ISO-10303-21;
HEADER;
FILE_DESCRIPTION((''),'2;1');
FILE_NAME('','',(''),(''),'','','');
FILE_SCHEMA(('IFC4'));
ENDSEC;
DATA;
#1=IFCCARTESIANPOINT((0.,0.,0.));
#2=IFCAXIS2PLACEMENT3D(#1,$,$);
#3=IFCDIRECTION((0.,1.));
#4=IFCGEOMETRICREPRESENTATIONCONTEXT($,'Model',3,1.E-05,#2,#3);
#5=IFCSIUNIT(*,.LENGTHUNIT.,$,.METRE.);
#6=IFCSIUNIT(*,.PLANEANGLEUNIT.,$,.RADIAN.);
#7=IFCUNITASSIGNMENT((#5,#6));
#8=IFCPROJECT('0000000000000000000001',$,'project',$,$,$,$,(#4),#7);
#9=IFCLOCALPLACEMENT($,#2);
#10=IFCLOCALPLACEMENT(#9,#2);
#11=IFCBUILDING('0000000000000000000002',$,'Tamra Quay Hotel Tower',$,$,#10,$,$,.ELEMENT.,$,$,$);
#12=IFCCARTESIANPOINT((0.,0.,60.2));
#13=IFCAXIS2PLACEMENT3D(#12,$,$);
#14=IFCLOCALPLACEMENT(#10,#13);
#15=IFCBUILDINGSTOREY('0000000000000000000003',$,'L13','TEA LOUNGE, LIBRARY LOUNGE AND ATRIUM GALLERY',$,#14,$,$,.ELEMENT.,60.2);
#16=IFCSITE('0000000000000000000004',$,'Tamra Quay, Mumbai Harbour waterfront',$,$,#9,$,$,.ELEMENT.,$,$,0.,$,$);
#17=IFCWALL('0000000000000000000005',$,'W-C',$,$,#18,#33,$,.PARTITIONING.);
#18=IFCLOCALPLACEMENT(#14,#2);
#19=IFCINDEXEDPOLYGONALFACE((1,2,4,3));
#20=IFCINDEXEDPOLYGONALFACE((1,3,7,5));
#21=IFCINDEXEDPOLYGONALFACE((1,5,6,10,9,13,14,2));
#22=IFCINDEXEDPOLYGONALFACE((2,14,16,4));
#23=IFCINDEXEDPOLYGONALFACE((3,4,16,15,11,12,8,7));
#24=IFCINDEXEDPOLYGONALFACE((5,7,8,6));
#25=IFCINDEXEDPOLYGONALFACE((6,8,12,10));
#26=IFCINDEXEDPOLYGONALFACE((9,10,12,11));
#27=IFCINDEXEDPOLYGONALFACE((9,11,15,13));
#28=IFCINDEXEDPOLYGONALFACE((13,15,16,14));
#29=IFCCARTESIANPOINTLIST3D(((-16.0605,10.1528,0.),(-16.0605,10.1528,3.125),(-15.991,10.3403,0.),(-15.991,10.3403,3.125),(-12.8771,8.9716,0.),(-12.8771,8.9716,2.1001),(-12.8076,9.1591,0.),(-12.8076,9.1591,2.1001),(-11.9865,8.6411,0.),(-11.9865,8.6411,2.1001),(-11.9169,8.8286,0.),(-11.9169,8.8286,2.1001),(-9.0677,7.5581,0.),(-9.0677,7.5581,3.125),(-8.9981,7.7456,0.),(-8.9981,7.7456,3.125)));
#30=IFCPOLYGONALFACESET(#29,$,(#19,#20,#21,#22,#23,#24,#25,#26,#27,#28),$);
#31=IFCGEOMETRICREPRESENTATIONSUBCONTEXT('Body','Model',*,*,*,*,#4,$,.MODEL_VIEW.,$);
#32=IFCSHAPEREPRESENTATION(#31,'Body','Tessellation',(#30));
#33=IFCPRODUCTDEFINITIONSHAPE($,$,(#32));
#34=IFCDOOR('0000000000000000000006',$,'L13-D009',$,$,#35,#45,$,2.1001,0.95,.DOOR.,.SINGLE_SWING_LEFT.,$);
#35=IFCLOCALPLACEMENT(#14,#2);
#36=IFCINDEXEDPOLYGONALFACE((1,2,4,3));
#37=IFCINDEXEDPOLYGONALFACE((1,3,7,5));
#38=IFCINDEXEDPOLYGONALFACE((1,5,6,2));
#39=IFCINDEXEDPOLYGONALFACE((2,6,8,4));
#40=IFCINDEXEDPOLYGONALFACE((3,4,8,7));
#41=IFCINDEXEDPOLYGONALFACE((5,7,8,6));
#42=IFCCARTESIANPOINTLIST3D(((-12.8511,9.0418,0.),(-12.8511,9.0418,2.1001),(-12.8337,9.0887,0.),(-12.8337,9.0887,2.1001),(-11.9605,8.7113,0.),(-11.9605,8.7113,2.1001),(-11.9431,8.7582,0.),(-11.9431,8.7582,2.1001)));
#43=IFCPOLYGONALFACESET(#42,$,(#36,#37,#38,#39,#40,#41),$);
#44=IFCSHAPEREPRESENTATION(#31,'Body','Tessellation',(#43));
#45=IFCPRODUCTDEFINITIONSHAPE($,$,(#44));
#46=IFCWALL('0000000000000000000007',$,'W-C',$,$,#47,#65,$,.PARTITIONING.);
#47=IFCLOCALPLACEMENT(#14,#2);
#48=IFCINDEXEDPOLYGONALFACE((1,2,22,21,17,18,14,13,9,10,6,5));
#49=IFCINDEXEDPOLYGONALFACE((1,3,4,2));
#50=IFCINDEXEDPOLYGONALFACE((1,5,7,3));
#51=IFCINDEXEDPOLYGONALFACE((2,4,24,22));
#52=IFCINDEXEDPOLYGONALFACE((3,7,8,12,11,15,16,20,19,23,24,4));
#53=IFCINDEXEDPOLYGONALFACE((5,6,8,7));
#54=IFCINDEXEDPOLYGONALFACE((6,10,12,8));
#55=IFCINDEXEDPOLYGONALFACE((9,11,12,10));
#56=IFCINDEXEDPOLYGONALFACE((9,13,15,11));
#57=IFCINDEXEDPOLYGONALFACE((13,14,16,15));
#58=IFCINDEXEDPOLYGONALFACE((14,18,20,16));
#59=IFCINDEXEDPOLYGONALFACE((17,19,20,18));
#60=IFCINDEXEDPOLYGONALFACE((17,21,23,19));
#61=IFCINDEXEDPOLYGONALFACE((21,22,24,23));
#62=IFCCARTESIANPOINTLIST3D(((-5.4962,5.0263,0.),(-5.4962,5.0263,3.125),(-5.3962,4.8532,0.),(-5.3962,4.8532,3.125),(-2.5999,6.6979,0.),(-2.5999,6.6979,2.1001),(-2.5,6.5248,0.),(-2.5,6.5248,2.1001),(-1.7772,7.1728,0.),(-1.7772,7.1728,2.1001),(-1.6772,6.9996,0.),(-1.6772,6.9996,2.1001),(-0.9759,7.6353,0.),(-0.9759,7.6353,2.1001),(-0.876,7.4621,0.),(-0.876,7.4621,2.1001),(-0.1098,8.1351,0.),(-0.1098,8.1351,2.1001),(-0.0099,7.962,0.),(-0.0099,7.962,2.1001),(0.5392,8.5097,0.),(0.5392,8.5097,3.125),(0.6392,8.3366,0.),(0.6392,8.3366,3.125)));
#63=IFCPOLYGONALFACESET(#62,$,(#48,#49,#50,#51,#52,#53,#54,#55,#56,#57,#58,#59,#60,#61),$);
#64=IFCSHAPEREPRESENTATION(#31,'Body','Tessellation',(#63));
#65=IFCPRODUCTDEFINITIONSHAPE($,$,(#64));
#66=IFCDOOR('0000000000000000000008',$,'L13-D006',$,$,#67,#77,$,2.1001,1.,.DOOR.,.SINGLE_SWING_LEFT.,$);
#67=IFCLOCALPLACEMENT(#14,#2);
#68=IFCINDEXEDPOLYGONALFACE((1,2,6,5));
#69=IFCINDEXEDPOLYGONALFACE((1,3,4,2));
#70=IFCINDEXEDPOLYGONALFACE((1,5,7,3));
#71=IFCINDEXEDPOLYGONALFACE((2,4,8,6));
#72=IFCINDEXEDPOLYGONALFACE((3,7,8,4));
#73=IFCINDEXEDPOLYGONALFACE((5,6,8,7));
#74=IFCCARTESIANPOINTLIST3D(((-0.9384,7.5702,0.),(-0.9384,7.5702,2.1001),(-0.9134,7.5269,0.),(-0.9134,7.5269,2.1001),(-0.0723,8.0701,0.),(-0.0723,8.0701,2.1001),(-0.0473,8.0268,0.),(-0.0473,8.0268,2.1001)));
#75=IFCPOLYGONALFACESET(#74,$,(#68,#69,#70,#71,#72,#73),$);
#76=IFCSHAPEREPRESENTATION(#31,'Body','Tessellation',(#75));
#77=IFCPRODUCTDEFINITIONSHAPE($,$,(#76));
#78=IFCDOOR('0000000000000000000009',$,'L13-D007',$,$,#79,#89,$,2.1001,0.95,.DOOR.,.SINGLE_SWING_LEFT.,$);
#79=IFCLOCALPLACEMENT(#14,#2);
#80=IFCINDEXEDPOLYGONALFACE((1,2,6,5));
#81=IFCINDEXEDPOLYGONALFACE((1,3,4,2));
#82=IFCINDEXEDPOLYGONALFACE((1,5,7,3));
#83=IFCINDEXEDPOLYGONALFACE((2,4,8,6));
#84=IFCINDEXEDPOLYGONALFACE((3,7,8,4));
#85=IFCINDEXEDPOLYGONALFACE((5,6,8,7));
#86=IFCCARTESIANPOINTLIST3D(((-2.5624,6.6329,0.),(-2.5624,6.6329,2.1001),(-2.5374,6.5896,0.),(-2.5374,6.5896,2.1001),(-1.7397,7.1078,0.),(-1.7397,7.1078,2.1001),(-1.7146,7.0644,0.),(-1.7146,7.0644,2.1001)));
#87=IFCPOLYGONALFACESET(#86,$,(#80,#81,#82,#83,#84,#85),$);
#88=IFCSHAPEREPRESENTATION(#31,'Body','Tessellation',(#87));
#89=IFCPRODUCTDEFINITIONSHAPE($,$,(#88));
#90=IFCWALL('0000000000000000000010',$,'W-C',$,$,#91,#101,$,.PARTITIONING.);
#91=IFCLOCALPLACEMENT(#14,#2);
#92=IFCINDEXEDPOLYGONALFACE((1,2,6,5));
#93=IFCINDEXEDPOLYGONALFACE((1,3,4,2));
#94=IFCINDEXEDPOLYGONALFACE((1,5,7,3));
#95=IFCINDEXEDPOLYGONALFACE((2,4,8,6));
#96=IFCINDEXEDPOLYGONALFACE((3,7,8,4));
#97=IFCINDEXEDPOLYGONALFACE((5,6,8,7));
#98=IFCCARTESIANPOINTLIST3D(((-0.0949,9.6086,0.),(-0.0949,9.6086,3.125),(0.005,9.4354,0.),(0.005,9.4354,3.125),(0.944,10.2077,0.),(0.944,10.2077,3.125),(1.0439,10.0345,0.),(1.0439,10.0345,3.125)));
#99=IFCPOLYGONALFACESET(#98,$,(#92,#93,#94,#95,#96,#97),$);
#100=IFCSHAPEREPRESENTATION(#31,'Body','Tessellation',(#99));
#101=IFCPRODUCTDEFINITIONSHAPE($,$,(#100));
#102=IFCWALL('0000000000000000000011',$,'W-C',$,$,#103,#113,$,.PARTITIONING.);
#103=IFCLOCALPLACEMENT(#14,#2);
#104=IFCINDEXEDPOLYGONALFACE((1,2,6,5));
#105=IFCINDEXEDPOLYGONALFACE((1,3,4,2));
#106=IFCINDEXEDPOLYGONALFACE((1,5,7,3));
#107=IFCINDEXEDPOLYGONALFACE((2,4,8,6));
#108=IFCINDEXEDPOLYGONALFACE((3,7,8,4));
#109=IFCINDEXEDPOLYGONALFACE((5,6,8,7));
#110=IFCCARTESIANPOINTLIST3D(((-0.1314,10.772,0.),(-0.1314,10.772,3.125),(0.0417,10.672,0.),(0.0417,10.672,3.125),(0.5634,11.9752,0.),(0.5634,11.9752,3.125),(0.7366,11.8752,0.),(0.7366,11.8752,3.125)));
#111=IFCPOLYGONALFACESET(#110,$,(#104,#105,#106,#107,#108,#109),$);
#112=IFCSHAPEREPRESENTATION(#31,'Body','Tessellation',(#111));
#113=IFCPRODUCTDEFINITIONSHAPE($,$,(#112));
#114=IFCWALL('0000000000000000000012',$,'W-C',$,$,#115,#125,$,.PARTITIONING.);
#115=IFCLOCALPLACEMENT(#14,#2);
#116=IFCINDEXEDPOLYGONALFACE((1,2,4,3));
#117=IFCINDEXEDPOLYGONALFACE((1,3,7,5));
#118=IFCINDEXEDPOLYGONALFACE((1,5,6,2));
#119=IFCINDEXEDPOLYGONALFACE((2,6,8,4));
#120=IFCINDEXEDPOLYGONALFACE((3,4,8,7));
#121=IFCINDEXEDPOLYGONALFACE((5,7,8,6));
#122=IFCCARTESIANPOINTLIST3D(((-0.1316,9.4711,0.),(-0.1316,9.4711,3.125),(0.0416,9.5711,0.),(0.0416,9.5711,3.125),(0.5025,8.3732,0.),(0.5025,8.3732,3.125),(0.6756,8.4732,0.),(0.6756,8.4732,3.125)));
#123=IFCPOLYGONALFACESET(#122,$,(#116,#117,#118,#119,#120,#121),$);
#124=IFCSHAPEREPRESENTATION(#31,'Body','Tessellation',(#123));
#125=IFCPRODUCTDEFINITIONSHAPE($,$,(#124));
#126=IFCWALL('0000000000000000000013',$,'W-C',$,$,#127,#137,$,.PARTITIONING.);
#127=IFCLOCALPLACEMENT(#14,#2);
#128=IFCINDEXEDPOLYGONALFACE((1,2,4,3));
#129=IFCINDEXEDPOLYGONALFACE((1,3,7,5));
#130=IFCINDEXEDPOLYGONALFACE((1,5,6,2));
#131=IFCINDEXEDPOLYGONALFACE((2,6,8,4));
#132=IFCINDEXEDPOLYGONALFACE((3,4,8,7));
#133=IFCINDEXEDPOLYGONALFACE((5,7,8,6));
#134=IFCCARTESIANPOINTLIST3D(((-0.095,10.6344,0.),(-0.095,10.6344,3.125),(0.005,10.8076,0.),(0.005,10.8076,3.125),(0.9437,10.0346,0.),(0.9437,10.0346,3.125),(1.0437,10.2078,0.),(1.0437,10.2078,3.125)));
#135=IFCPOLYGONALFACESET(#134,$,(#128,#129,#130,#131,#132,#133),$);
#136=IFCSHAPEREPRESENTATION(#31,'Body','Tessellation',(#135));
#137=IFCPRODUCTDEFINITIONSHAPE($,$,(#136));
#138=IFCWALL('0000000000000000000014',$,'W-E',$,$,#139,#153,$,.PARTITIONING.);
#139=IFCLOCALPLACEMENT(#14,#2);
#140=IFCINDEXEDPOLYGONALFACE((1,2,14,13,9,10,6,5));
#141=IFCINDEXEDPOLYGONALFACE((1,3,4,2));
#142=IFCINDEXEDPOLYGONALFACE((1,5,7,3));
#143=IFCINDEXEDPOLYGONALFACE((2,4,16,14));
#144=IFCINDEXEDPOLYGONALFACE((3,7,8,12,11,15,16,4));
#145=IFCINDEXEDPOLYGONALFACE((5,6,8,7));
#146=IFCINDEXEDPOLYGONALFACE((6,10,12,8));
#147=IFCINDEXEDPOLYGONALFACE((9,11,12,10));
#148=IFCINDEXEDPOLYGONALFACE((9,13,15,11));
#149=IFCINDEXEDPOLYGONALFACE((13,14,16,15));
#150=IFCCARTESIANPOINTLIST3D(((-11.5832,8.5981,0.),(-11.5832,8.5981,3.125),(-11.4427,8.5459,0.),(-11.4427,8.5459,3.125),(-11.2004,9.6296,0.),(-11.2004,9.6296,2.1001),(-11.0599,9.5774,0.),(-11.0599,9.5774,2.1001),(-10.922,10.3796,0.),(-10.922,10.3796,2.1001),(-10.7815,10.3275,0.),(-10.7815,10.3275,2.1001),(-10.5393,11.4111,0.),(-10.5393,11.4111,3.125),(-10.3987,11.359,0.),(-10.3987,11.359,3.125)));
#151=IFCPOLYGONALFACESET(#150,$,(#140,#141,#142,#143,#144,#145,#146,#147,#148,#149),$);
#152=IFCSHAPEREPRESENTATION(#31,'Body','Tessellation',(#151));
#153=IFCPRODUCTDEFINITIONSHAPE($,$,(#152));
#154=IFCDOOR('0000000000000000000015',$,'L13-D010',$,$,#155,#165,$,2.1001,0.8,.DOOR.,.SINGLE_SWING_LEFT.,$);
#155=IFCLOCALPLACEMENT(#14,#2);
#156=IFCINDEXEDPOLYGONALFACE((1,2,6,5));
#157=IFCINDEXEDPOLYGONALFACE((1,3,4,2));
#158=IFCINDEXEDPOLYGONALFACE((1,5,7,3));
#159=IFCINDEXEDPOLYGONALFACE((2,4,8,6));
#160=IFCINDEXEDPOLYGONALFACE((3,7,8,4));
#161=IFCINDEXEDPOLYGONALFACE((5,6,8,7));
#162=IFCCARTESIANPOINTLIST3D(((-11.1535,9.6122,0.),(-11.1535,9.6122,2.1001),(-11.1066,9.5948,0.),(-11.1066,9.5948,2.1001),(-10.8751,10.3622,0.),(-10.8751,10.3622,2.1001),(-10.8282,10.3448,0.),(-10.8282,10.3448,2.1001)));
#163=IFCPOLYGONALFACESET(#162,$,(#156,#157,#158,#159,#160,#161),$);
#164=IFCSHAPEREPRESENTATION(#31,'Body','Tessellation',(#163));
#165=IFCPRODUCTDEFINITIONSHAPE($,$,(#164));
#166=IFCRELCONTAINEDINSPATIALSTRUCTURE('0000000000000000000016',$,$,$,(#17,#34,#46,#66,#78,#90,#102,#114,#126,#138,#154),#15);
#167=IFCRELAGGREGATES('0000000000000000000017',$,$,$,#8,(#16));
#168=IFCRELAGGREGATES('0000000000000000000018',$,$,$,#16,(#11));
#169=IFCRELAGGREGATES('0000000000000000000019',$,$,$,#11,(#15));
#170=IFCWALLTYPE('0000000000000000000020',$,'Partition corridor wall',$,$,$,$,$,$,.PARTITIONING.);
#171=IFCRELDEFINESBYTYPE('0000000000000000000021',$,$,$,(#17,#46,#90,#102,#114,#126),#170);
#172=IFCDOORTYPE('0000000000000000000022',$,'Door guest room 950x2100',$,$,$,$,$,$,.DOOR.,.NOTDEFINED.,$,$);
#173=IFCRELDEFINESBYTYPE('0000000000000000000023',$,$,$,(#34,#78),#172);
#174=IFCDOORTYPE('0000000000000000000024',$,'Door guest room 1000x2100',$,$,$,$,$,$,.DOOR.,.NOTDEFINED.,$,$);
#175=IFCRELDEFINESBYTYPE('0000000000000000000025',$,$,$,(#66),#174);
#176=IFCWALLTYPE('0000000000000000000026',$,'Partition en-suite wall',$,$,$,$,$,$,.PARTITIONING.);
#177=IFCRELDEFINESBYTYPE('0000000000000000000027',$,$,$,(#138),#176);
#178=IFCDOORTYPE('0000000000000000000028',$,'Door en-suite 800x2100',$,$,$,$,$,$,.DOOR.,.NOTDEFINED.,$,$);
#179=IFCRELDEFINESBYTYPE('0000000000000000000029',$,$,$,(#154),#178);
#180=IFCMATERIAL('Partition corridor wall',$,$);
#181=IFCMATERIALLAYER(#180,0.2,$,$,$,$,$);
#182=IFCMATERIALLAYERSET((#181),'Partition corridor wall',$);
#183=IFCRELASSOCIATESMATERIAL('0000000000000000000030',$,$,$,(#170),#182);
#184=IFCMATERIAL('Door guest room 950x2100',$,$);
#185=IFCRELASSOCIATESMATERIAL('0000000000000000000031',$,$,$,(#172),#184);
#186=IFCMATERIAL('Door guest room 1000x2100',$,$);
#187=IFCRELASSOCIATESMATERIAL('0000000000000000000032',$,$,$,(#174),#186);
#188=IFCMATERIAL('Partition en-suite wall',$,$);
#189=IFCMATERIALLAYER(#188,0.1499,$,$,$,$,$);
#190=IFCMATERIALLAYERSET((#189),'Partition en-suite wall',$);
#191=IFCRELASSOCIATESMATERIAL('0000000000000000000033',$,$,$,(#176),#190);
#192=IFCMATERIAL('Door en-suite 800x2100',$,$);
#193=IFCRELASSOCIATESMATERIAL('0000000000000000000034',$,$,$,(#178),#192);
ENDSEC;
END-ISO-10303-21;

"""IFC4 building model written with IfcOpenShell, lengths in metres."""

from ifc_helpers import new_model, si_unit, direction, frame, frame_2d, origin, place, context, subcontext, project, spatial, rectangle, extrude, material, layer, layer_set, type_object, element, fill, save


model = new_model("IFC4")

# Units and contexts
model_context = context("Model", 3, precision=1e-05, world=origin(), true_north=direction((0.0, 1.0)))
body_context = subcontext(model_context, "Body", "Model", "MODEL_VIEW")
ifc_project = project(units=[si_unit("LENGTHUNIT", "METRE"), si_unit("PLANEANGLEUNIT", "RADIAN")], contexts=[model_context])

# Site, building, storey
site_placement = place(None, origin())
site = spatial("IfcSite", under=ifc_project, at=site_placement, Name="Tamra Quay, Mumbai Harbour waterfront", CompositionType="ELEMENT", RefElevation=0.0)
building_placement = place(site_placement, origin())
building = spatial("IfcBuilding", under=site, at=building_placement, Name="Tamra Quay Hotel Tower", CompositionType="ELEMENT")
storey_placement = place(building_placement, frame((0.0, 0.0, 60.2)))
storey = spatial("IfcBuildingStorey", under=building, at=storey_placement, Name="L13", Description="TEA LOUNGE, LIBRARY LOUNGE AND ATRIUM GALLERY", CompositionType="ELEMENT", Elevation=60.2)

# Wall, opening, door
ifc_material_1 = material(Name="Partition corridor wall")
ifc_layer_1 = layer(ifc_material_1, 0.2)
ifc_layer_set_1 = layer_set([ifc_layer_1], Name="Partition corridor wall")
wall_type_1 = type_object("IfcWallType", Name="Partition corridor wall", PredefinedType="PARTITIONING", material=ifc_layer_set_1)
wall_1_placement = place(storey_placement, frame((-16.0259, 10.2466, 0.0), z_axis=(0.0, 0.0, 1.0), x_axis=(0.937541, -0.347875, 0.0)))
wall_1 = element("IfcWall", 1, at=wall_1_placement, inside=storey, type_object=wall_type_1, Name="W-C", PredefinedType="PARTITIONING", context=body_context, shape_type="SweptSolid", body=[
    extrude(rectangle(XDim=7.4587, YDim=0.2, at=frame_2d((3.7295, 0.0))), origin(), (0.0, 0.0, 1.0), 3.125),
])
opening_1_placement = place(wall_1_placement, frame((3.3955, 0.0, 0.0)))
opening_1 = element("IfcOpeningElement", 2, at=opening_1_placement, cuts=wall_1, PredefinedType="OPENING", context=body_context, shape_type="SweptSolid", body=[
    extrude(rectangle(XDim=0.95, YDim=2.1001, at=frame_2d((0.4751, 1.05))), frame((0.0, 0.1099, 0.0), z_axis=(0.0, -1.0, 0.0), x_axis=(1.0, 0.0, 0.0)), (0.0, 0.0, 1.0), 0.22),
])
ifc_material_2 = material(Name="Door guest room 950x2100")
door_type_1 = type_object("IfcDoorType", Name="Door guest room 950x2100", OperationType="NOTDEFINED", PredefinedType="DOOR", material=ifc_material_2)
door_1_placement = place(opening_1_placement, origin())
door_1 = element("IfcDoor", 3, at=door_1_placement, inside=storey, type_object=door_type_1, Name="L13-D009", OperationType="SINGLE_SWING_LEFT", OverallHeight=2.1001, OverallWidth=0.95, PredefinedType="DOOR", context=body_context, shape_type="SweptSolid", body=[
    extrude(rectangle(XDim=0.95, YDim=2.1001, at=frame_2d((0.4751, 1.05))), frame((0.0, 0.0249, 0.0), z_axis=(0.0, -1.0, 0.0), x_axis=(1.0, 0.0, 0.0)), (0.0, 0.0, 1.0), 0.05),
])
fill(opening_1, door_1)

# Wall, openings, doors
wall_2_placement = place(storey_placement, frame((-5.4463, 4.9397, 0.0), z_axis=(0.0, 0.0, 1.0), x_axis=(0.866096, 0.499877, 0.0)))
wall_2 = element("IfcWall", 4, at=wall_2_placement, inside=storey, type_object=wall_type_1, Name="W-C", PredefinedType="PARTITIONING", context=body_context, shape_type="SweptSolid", body=[
    extrude(rectangle(XDim=6.9685, YDim=0.2, at=frame_2d((3.4844, 0.0))), origin(), (0.0, 0.0, 1.0), 3.125),
])
opening_2_placement = place(wall_2_placement, frame((5.2192, 0.0, 0.0)))
opening_2 = element("IfcOpeningElement", 5, at=opening_2_placement, cuts=wall_2, PredefinedType="OPENING", context=body_context, shape_type="SweptSolid", body=[
    extrude(rectangle(XDim=1.0, YDim=2.1001, at=frame_2d((0.5, 1.05))), frame((0.0, 0.1099, 0.0), z_axis=(0.0, -1.0, 0.0), x_axis=(1.0, 0.0, 0.0)), (0.0, 0.0, 1.0), 0.22),
])
opening_3_placement = place(wall_2_placement, frame((3.344, 0.0, 0.0)))
opening_3 = element("IfcOpeningElement", 6, at=opening_3_placement, cuts=wall_2, PredefinedType="OPENING", context=body_context, shape_type="SweptSolid", body=[
    extrude(rectangle(XDim=0.95, YDim=2.1001, at=frame_2d((0.4751, 1.05))), frame((0.0, 0.1099, 0.0), z_axis=(0.0, -1.0, 0.0), x_axis=(1.0, 0.0, 0.0)), (0.0, 0.0, 1.0), 0.22),
])
ifc_material_3 = material(Name="Door guest room 1000x2100")
door_type_2 = type_object("IfcDoorType", Name="Door guest room 1000x2100", OperationType="NOTDEFINED", PredefinedType="DOOR", material=ifc_material_3)
door_2_placement = place(opening_2_placement, origin())
door_2 = element("IfcDoor", 7, at=door_2_placement, inside=storey, type_object=door_type_2, Name="L13-D006", OperationType="SINGLE_SWING_LEFT", OverallHeight=2.1001, OverallWidth=1.0, PredefinedType="DOOR", context=body_context, shape_type="SweptSolid", body=[
    extrude(rectangle(XDim=1.0, YDim=2.1001, at=frame_2d((0.5, 1.05))), frame((0.0, 0.0249, 0.0), z_axis=(0.0, -1.0, 0.0), x_axis=(1.0, 0.0, 0.0)), (0.0, 0.0, 1.0), 0.05),
])
fill(opening_2, door_2)
door_3_placement = place(opening_3_placement, origin())
door_3 = element("IfcDoor", 8, at=door_3_placement, inside=storey, type_object=door_type_1, Name="L13-D007", OperationType="SINGLE_SWING_LEFT", OverallHeight=2.1001, OverallWidth=0.95, PredefinedType="DOOR", context=body_context, shape_type="SweptSolid", body=[
    extrude(rectangle(XDim=0.95, YDim=2.1001, at=frame_2d((0.4751, 1.05))), frame((0.0, 0.0249, 0.0), z_axis=(0.0, -1.0, 0.0), x_axis=(1.0, 0.0, 0.0)), (0.0, 0.0, 1.0), 0.05),
])
fill(opening_3, door_3)

# Walls
wall_3_placement = place(storey_placement, frame((-0.0449, 9.522, 0.0), z_axis=(0.0, 0.0, 1.0), x_axis=(0.866257, 0.499599, 0.0)))
element("IfcWall", 9, at=wall_3_placement, inside=storey, type_object=wall_type_1, Name="W-C", PredefinedType="PARTITIONING", context=body_context, shape_type="SweptSolid", body=[
    extrude(rectangle(XDim=1.1992, YDim=0.2, at=frame_2d((0.5996, 0.0))), origin(), (0.0, 0.0, 1.0), 3.125),
])
wall_4_placement = place(storey_placement, frame((-0.0449, 10.7219, 0.0), z_axis=(0.0, 0.0, 1.0), x_axis=(0.500108, 0.865963, 0.0)))
element("IfcWall", 10, at=wall_4_placement, inside=storey, type_object=wall_type_1, Name="W-C", PredefinedType="PARTITIONING", context=body_context, shape_type="SweptSolid", body=[
    extrude(rectangle(XDim=1.3894, YDim=0.2, at=frame_2d((0.6948, 0.0))), origin(), (0.0, 0.0, 1.0), 3.125),
])
wall_5_placement = place(storey_placement, frame((-0.0449, 9.521, 0.0), z_axis=(0.0, 0.0, 1.0), x_axis=(0.500095, -0.865971, 0.0)))
element("IfcWall", 11, at=wall_5_placement, inside=storey, type_object=wall_type_1, Name="W-C", PredefinedType="PARTITIONING", context=body_context, shape_type="SweptSolid", body=[
    extrude(rectangle(XDim=1.2678, YDim=0.2, at=frame_2d((0.6338, 0.0))), origin(), (0.0, 0.0, 1.0), 3.125),
])
wall_6_placement = place(storey_placement, frame((-0.0449, 10.7209, 0.0), z_axis=(0.0, 0.0, 1.0), x_axis=(0.865992, -0.500057, 0.0)))
element("IfcWall", 12, at=wall_6_placement, inside=storey, type_object=wall_type_1, Name="W-C", PredefinedType="PARTITIONING", context=body_context, shape_type="SweptSolid", body=[
    extrude(rectangle(XDim=1.1995, YDim=0.2, at=frame_2d((0.5996, 0.0))), origin(), (0.0, 0.0, 1.0), 3.125),
])

# Wall, opening, door
ifc_material_4 = material(Name="Partition en-suite wall")
ifc_layer_2 = layer(ifc_material_4, 0.1499)
ifc_layer_set_2 = layer_set([ifc_layer_2], Name="Partition en-suite wall")
wall_type_2 = type_object("IfcWallType", Name="Partition en-suite wall", PredefinedType="PARTITIONING", material=ifc_layer_set_2)
wall_7_placement = place(storey_placement, frame((-11.5129, 8.572, 0.0), z_axis=(0.0, 0.0, 1.0), x_axis=(0.347929, 0.937521, 0.0)))
wall_7 = element("IfcWall", 13, at=wall_7_placement, inside=storey, type_object=wall_type_2, Name="W-E", PredefinedType="PARTITIONING", context=body_context, shape_type="SweptSolid", body=[
    extrude(rectangle(XDim=3.0005, YDim=0.1499, at=frame_2d((1.5002, 0.0))), origin(), (0.0, 0.0, 1.0), 3.125),
])
opening_4_placement = place(wall_7_placement, frame((1.1003, 0.0, 0.0)))
opening_4 = element("IfcOpeningElement", 14, at=opening_4_placement, cuts=wall_7, PredefinedType="OPENING", context=body_context, shape_type="SweptSolid", body=[
    extrude(rectangle(XDim=0.8, YDim=2.1001, at=frame_2d((0.3999, 1.05))), frame((0.0, 0.085, 0.0), z_axis=(0.0, -1.0, 0.0), x_axis=(1.0, 0.0, 0.0)), (0.0, 0.0, 1.0), 0.1699),
])
ifc_material_5 = material(Name="Door en-suite 800x2100")
door_type_3 = type_object("IfcDoorType", Name="Door en-suite 800x2100", OperationType="NOTDEFINED", PredefinedType="DOOR", material=ifc_material_5)
door_4_placement = place(opening_4_placement, origin())
door_4 = element("IfcDoor", 15, at=door_4_placement, inside=storey, type_object=door_type_3, Name="L13-D010", OperationType="SINGLE_SWING_LEFT", OverallHeight=2.1001, OverallWidth=0.8, PredefinedType="DOOR", context=body_context, shape_type="SweptSolid", body=[
    extrude(rectangle(XDim=0.8, YDim=2.1001, at=frame_2d((0.3999, 1.05))), frame((0.0, 0.0249, 0.0), z_axis=(0.0, -1.0, 0.0), x_axis=(1.0, 0.0, 0.0)), (0.0, 0.0, 1.0), 0.05),
])
fill(opening_4, door_4)

save(model, "model.ifc")
